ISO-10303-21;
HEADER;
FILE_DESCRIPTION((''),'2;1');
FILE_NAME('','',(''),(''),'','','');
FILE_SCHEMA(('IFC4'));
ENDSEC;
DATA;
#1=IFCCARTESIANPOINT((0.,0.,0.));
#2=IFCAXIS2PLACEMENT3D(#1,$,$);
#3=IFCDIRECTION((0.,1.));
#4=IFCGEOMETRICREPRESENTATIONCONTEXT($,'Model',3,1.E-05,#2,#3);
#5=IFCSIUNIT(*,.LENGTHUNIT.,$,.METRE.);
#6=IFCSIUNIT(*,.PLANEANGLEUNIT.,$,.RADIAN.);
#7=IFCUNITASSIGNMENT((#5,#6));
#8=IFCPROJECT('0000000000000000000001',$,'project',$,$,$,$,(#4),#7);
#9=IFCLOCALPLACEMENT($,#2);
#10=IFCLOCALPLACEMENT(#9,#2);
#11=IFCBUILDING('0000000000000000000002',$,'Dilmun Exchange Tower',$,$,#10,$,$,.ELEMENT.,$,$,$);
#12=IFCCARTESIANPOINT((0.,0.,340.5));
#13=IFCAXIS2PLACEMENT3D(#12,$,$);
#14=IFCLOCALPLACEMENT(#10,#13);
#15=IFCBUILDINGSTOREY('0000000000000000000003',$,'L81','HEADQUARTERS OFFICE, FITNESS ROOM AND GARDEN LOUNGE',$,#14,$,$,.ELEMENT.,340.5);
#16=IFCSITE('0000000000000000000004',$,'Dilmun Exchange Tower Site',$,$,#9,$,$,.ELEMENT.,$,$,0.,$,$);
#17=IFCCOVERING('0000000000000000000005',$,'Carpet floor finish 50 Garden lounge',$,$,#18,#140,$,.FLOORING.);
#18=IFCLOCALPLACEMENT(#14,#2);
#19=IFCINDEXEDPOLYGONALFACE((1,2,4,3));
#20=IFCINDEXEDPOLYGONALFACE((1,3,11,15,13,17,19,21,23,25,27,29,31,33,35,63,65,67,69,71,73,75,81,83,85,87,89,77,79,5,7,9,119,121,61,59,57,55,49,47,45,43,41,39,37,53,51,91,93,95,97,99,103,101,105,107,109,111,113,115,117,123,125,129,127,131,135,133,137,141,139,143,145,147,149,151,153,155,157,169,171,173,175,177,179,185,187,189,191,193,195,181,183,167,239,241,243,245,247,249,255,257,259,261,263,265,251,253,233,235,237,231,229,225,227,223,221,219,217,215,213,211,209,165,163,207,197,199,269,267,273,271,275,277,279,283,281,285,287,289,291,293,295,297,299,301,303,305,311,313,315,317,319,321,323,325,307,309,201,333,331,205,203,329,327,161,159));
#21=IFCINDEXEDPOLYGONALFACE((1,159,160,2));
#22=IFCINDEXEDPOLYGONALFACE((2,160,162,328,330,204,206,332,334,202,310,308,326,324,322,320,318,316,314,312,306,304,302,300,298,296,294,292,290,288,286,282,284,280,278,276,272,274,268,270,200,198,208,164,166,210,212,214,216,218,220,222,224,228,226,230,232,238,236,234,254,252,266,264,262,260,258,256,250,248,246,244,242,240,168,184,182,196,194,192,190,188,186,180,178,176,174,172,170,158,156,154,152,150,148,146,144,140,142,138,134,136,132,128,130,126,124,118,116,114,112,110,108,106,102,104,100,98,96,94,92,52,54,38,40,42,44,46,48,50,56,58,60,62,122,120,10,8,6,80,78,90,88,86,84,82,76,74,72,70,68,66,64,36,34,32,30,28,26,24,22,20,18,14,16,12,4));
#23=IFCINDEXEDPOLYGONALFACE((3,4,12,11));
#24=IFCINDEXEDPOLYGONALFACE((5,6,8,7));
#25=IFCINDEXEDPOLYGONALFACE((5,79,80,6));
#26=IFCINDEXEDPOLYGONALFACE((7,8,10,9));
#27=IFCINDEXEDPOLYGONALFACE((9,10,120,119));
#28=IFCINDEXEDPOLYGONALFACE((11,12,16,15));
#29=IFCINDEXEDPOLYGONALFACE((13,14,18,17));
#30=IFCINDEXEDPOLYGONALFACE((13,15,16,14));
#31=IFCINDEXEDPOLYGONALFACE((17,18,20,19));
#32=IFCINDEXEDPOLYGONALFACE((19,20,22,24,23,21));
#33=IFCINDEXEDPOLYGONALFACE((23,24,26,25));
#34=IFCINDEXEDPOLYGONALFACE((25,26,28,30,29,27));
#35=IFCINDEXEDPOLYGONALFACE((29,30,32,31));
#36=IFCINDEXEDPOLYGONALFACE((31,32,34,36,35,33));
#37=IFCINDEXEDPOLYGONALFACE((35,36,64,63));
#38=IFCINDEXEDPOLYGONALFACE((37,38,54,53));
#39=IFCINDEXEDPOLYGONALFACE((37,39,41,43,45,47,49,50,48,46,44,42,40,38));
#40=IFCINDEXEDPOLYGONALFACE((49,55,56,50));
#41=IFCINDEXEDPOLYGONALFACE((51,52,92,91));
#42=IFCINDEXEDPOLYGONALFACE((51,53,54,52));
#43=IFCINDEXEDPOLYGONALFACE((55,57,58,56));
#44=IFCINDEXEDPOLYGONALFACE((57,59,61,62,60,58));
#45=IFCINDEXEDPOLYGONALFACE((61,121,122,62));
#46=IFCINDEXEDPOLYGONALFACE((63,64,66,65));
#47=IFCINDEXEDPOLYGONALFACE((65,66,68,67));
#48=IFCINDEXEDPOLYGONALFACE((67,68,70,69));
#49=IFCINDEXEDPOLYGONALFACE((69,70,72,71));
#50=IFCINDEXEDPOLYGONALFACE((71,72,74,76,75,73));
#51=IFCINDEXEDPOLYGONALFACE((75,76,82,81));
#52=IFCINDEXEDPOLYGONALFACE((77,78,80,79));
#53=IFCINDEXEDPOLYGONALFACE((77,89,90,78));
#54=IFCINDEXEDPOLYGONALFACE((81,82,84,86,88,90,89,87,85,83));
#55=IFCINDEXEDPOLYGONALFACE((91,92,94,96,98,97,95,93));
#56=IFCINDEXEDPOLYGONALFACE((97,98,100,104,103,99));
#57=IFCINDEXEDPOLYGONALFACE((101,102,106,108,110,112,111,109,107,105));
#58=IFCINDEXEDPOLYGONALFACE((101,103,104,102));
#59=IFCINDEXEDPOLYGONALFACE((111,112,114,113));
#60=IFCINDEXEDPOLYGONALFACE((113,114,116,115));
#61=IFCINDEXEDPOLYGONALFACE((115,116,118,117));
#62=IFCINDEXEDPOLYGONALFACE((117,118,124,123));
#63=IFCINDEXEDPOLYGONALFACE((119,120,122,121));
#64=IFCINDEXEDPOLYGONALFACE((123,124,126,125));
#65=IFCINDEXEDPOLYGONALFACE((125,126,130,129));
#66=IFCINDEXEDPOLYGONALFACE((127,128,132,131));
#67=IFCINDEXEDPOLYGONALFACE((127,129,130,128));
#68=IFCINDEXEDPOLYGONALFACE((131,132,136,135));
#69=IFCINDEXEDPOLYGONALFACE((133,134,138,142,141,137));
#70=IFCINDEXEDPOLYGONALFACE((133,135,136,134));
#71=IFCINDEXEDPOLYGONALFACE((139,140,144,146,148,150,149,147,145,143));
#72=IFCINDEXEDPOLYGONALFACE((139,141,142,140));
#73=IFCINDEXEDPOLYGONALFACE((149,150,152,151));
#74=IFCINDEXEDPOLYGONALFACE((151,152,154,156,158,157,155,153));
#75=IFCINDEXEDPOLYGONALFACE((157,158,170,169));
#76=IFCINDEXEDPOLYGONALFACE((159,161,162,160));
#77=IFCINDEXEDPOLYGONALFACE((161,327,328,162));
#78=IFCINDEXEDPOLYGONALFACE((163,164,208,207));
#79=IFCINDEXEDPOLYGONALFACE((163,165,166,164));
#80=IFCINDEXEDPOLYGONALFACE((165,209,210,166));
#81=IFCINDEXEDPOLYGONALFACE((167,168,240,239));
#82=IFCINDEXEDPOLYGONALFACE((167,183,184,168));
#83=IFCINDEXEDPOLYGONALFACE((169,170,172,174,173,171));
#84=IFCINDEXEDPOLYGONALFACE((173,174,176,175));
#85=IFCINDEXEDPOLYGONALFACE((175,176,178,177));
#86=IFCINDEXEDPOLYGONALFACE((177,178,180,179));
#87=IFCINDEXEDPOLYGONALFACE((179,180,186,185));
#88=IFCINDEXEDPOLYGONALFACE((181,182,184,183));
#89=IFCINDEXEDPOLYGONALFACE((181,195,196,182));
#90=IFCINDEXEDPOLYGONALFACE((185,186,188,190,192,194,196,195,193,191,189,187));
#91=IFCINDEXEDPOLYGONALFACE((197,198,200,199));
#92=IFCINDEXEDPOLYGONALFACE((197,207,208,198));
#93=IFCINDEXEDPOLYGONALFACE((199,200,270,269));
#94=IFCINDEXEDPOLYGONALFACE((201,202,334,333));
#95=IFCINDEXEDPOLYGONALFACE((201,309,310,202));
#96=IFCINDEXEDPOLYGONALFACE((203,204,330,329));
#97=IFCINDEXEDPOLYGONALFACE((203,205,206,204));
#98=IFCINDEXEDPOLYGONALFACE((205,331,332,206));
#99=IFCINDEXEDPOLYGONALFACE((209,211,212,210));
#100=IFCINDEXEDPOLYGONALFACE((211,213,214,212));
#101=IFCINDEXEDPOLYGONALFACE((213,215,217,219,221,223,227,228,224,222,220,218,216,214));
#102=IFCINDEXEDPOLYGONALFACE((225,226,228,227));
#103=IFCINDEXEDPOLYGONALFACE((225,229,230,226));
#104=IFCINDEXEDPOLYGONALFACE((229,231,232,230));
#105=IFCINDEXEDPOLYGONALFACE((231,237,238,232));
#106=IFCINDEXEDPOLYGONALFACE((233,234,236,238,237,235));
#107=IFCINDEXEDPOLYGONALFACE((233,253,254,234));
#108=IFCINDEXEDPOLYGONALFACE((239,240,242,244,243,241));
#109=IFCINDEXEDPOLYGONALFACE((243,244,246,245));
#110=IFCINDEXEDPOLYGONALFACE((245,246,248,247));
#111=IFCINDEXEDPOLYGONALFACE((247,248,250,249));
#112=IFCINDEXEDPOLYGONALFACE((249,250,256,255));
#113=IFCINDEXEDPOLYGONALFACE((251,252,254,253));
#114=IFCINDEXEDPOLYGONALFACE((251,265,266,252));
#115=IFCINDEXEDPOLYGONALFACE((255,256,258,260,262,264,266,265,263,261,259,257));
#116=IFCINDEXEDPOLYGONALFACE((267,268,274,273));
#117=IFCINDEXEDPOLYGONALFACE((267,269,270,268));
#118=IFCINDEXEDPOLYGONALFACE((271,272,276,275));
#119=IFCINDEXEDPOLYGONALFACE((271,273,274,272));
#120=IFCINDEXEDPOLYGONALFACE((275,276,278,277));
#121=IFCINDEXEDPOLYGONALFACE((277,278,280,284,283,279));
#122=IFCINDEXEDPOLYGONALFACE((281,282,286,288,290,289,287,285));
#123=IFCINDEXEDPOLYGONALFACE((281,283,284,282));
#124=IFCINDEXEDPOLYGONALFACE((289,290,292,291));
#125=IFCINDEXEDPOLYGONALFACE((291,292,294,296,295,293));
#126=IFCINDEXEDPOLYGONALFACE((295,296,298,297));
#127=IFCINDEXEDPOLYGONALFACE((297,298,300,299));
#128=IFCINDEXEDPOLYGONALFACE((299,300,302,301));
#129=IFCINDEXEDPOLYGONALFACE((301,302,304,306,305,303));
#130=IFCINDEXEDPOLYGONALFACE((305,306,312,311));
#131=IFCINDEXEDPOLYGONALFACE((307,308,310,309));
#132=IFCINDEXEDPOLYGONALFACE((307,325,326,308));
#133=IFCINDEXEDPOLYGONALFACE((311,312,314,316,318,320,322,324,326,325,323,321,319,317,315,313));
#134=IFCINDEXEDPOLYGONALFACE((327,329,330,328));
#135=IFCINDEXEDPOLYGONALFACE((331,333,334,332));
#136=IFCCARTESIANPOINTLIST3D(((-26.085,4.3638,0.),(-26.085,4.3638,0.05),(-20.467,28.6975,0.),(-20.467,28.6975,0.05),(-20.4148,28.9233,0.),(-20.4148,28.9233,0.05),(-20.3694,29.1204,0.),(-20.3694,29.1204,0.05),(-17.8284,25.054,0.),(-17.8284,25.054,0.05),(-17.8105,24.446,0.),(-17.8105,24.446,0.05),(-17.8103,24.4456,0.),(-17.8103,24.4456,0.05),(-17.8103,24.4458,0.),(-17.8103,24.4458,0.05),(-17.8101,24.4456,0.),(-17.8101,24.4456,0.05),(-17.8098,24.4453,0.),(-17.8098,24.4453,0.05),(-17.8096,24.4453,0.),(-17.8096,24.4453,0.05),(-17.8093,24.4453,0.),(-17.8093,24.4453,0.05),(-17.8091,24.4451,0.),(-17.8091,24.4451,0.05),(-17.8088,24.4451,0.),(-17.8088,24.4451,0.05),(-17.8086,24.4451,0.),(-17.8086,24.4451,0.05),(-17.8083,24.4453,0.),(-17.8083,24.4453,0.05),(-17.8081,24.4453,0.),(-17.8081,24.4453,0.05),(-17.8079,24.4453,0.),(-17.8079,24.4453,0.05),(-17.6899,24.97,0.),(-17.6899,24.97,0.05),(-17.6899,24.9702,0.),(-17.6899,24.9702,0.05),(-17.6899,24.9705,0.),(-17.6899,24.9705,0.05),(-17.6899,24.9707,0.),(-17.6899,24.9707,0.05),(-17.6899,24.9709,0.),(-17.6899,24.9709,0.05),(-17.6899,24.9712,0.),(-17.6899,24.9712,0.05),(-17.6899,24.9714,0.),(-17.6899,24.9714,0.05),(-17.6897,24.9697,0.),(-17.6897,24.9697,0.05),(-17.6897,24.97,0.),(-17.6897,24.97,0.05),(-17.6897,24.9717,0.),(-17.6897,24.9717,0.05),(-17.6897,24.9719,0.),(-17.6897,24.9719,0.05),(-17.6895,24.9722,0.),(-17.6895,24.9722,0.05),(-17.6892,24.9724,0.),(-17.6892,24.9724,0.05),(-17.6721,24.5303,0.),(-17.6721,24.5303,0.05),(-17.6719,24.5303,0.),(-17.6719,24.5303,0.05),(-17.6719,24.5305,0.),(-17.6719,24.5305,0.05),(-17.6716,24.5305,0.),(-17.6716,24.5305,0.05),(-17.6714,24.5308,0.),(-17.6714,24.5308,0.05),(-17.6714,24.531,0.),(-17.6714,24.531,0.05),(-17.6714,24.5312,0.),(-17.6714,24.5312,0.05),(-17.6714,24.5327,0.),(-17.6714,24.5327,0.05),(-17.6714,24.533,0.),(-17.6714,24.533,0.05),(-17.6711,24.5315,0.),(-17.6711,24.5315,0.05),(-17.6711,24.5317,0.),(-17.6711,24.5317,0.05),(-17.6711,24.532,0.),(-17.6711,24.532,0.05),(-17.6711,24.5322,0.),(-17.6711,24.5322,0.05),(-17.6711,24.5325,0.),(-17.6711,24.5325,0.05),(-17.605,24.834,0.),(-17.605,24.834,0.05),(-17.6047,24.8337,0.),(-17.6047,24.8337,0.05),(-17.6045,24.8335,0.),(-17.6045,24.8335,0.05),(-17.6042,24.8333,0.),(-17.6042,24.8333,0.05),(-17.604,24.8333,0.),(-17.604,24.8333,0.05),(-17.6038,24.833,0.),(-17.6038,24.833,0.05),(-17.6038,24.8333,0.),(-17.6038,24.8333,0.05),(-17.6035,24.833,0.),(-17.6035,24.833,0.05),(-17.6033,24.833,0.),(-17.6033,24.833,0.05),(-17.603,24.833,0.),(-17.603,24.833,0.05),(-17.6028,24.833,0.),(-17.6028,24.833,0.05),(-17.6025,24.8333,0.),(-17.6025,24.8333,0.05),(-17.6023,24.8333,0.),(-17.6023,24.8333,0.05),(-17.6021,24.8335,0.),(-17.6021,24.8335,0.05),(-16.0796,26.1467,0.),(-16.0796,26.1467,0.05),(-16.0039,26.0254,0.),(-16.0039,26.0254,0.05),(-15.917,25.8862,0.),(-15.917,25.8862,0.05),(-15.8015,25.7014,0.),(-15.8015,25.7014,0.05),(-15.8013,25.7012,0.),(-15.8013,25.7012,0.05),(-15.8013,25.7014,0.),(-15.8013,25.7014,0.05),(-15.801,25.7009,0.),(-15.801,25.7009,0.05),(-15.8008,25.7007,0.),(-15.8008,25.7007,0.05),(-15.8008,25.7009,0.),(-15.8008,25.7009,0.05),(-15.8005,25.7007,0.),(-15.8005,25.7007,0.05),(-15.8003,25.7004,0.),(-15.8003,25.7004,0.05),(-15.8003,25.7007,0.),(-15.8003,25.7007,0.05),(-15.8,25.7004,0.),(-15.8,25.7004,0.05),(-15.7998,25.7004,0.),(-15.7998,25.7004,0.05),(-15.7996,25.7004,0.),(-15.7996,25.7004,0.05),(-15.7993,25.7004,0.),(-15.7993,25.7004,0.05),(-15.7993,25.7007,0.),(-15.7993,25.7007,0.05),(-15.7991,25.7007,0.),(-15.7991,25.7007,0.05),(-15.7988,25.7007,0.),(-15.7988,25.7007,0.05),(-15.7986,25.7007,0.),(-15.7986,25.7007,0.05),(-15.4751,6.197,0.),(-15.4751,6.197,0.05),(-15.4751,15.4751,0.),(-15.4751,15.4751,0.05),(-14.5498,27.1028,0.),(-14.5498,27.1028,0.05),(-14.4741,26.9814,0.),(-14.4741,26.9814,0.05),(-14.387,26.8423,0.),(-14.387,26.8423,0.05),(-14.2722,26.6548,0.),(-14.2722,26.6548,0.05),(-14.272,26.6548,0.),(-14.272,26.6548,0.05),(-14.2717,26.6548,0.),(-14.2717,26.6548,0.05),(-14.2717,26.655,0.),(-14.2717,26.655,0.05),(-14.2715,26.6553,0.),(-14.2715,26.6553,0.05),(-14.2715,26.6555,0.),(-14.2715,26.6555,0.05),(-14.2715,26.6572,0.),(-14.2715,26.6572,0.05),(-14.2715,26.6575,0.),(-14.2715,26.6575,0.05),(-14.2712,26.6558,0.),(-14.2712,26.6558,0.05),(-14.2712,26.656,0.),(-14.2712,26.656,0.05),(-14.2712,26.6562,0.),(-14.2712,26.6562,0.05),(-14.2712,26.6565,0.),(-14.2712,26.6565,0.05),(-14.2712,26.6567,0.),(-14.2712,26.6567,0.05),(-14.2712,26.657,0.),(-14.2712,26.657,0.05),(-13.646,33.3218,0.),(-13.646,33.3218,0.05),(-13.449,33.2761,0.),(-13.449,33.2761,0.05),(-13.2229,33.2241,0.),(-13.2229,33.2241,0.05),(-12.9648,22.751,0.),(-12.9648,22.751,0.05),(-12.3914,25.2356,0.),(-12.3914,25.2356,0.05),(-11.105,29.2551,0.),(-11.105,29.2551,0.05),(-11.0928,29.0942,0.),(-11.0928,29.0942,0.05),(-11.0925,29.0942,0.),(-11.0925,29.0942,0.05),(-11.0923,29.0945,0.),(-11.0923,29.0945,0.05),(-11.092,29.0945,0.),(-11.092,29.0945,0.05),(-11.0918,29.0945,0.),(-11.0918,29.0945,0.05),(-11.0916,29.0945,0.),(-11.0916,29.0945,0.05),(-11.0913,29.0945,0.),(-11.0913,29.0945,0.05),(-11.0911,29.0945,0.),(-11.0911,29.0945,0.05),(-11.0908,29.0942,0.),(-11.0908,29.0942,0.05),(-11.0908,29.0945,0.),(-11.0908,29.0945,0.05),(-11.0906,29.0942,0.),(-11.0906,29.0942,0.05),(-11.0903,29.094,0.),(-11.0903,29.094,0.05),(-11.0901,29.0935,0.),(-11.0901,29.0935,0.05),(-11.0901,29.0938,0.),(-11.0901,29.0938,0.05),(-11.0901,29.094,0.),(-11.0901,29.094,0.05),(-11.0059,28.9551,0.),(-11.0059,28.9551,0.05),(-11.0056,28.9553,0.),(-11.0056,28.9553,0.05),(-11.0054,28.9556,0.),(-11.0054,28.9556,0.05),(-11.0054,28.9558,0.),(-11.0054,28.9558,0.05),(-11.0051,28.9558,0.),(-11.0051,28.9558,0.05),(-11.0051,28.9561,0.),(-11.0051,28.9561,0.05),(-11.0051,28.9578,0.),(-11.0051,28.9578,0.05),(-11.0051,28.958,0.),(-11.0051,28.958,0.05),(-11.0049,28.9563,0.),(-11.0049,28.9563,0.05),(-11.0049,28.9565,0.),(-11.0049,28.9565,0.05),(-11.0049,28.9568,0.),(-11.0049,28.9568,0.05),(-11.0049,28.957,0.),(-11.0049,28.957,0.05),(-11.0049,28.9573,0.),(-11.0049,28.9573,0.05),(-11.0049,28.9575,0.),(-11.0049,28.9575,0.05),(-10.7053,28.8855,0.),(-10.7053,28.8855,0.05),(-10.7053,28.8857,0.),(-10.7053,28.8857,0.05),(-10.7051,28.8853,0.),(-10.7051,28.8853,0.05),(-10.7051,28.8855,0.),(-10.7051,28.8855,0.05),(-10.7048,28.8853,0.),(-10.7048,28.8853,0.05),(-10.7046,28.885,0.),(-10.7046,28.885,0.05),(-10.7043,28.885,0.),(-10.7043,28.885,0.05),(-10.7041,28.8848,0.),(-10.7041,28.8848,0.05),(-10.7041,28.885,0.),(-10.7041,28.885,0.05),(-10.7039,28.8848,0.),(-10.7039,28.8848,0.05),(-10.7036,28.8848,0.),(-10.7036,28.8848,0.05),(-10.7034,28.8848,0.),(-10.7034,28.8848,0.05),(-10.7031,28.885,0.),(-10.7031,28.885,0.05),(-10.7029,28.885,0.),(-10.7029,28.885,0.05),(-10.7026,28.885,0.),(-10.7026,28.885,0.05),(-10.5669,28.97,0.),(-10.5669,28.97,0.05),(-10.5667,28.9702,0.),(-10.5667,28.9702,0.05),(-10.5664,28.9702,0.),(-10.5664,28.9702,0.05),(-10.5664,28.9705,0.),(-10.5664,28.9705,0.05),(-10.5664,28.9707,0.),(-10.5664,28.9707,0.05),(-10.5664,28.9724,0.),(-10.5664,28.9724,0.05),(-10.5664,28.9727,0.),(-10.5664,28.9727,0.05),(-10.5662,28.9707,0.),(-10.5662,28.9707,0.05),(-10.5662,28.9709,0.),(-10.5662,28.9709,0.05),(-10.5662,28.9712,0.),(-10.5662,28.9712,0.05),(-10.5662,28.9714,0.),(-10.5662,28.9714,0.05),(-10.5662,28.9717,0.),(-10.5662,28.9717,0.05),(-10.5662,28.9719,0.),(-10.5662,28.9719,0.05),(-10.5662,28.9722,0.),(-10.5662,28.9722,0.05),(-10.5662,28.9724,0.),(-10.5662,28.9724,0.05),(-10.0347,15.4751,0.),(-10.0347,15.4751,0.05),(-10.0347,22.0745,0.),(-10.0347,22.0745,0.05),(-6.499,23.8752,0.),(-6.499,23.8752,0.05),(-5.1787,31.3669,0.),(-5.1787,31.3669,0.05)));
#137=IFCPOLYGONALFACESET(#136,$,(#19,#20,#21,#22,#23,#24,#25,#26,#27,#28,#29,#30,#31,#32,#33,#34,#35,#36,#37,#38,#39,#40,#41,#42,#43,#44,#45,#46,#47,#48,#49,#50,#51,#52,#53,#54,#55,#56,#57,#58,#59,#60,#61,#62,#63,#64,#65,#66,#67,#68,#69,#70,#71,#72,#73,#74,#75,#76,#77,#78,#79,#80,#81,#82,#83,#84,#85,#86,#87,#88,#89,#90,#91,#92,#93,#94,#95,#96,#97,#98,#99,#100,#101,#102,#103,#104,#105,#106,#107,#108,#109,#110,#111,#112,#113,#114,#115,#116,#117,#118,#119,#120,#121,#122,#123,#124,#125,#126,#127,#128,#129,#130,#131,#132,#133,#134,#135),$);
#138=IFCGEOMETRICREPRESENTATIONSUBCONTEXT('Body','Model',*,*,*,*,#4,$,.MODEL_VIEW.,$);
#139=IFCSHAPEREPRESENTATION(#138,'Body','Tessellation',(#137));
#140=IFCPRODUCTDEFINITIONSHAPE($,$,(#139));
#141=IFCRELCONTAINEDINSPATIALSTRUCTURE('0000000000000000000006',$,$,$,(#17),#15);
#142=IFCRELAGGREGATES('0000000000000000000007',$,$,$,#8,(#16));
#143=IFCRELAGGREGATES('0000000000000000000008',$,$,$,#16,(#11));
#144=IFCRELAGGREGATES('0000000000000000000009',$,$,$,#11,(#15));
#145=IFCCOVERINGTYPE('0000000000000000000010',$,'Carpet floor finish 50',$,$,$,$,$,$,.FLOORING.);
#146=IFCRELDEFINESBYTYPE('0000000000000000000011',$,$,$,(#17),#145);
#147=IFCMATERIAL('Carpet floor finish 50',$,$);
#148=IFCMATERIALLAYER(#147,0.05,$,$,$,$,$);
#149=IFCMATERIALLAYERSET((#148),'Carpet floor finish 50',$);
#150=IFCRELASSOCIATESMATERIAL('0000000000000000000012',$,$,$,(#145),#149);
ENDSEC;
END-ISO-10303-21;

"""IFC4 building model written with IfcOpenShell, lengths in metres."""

from ifc_helpers import new_model, si_unit, direction, frame, origin, place, context, subcontext, project, spatial, polyline, outline, extrude, material, layer, layer_set, type_object, element, save


model = new_model("IFC4")

# Units and contexts
model_context = context("Model", 3, precision=1e-05, world=origin(), true_north=direction((0.0, 1.0)))
body_context = subcontext(model_context, "Body", "Model", "MODEL_VIEW")
ifc_project = project(units=[si_unit("LENGTHUNIT", "METRE"), si_unit("PLANEANGLEUNIT", "RADIAN")], contexts=[model_context])

# Site, building, storey
site_placement = place(None, origin())
site = spatial("IfcSite", under=ifc_project, at=site_placement, Name="Dilmun Exchange Tower Site", CompositionType="ELEMENT", RefElevation=0.0)
building_placement = place(site_placement, origin())
building = spatial("IfcBuilding", under=site, at=building_placement, Name="Dilmun Exchange Tower", CompositionType="ELEMENT")
storey_placement = place(building_placement, frame((0.0, 0.0, 340.5)))
storey = spatial("IfcBuildingStorey", under=building, at=storey_placement, Name="L81", Description="HEADQUARTERS OFFICE, FITNESS ROOM AND GARDEN LOUNGE", CompositionType="ELEMENT", Elevation=340.5)

# Covering
ifc_material_1 = material(Name="Carpet floor finish 50")
ifc_layer_1 = layer(ifc_material_1, 0.05)
ifc_layer_set_1 = layer_set([ifc_layer_1], Name="Carpet floor finish 50")
covering_type_1 = type_object("IfcCoveringType", Name="Carpet floor finish 50", PredefinedType="FLOORING", material=ifc_layer_set_1)
covering_1_placement = place(storey_placement, origin())
element("IfcCovering", 1, at=covering_1_placement, inside=storey, type_object=covering_type_1, Name="Carpet floor finish 50 Garden lounge", PredefinedType="FLOORING", context=body_context, shape_type="SweptSolid", body=[
    extrude(outline(polyline([(-17.8284, 25.054), (-16.0796, 26.1467), (-16.0039, 26.0254), (-17.6892, 24.9724), (-17.6892, 24.9724), (-17.6895, 24.9722), (-17.6895, 24.9722), (-17.6897, 24.9719), (-17.6897, 24.9717), (-17.6897, 24.9717), (-17.6899, 24.9714), (-17.6899, 24.9712), (-17.6899, 24.9709), (-17.6899, 24.9707), (-17.6899, 24.9707), (-17.6899, 24.9705), (-17.6899, 24.9702), (-17.6899, 24.97), (-17.6897, 24.97), (-17.6897, 24.9697), (-17.605, 24.834), (-17.6047, 24.8337), (-17.6047, 24.8337), (-17.6045, 24.8335), (-17.6045, 24.8335), (-17.6042, 24.8333), (-17.604, 24.8333), (-17.6038, 24.8333), (-17.6038, 24.833), (-17.6035, 24.833), (-17.6033, 24.833), (-17.603, 24.833), (-17.6028, 24.833), (-17.6028, 24.833), (-17.6025, 24.8333), (-17.6023, 24.8333), (-17.6021, 24.8335), (-15.917, 25.8862), (-15.8015, 25.7014), (-15.8013, 25.7014), (-15.8013, 25.7012), (-15.801, 25.7009), (-15.8008, 25.7009), (-15.8008, 25.7007), (-15.8005, 25.7007), (-15.8003, 25.7007), (-15.8003, 25.7004), (-15.8, 25.7004), (-15.7998, 25.7004), (-15.7996, 25.7004), (-15.7993, 25.7004), (-15.7993, 25.7007), (-15.7991, 25.7007), (-15.7988, 25.7007), (-15.7986, 25.7007), (-14.2722, 26.6548), (-14.272, 26.6548), (-14.2717, 26.6548), (-14.2717, 26.655), (-14.2715, 26.6553), (-14.2715, 26.6555), (-14.2715, 26.6555), (-14.2712, 26.6558), (-14.2712, 26.656), (-14.2712, 26.656), (-14.2712, 26.6562), (-14.2712, 26.6565), (-14.2712, 26.6567), (-14.2712, 26.657), (-14.2712, 26.657), (-14.2715, 26.6572), (-14.2715, 26.6575), (-14.387, 26.8423), (-11.0059, 28.9551), (-11.0056, 28.9553), (-11.0056, 28.9553), (-11.0054, 28.9556), (-11.0054, 28.9558), (-11.0051, 28.9558), (-11.0051, 28.9561), (-11.0049, 28.9563), (-11.0049, 28.9563), (-11.0049, 28.9565), (-11.0049, 28.9568), (-11.0049, 28.957), (-11.0049, 28.9573), (-11.0049, 28.9575), (-11.0049, 28.9575), (-11.0051, 28.9578), (-11.0051, 28.958), (-11.0901, 29.0935), (-11.0901, 29.0938), (-11.0901, 29.094), (-11.0903, 29.094), (-11.0906, 29.0942), (-11.0908, 29.0942), (-11.0908, 29.0945), (-11.0911, 29.0945), (-11.0913, 29.0945), (-11.0913, 29.0945), (-11.0916, 29.0945), (-11.0918, 29.0945), (-11.092, 29.0945), (-11.0923, 29.0945), (-11.0923, 29.0945), (-11.0925, 29.0942), (-11.0928, 29.0942), (-14.4741, 26.9814), (-14.5498, 27.1028), (-11.105, 29.2551), (-13.646, 33.3218), (-13.449, 33.2761), (-10.7053, 28.8857), (-10.7053, 28.8855), (-10.7051, 28.8855), (-10.7051, 28.8853), (-10.7048, 28.8853), (-10.7046, 28.885), (-10.7046, 28.885), (-10.7043, 28.885), (-10.7041, 28.885), (-10.7041, 28.8848), (-10.7039, 28.8848), (-10.7036, 28.8848), (-10.7034, 28.8848), (-10.7031, 28.885), (-10.7029, 28.885), (-10.7029, 28.885), (-10.7026, 28.885), (-10.5669, 28.97), (-10.5669, 28.97), (-10.5667, 28.9702), (-10.5664, 28.9702), (-10.5664, 28.9705), (-10.5664, 28.9707), (-10.5662, 28.9707), (-10.5662, 28.9709), (-10.5662, 28.9712), (-10.5662, 28.9712), (-10.5662, 28.9714), (-10.5662, 28.9717), (-10.5662, 28.9719), (-10.5662, 28.9722), (-10.5662, 28.9724), (-10.5664, 28.9724), (-10.5664, 28.9727), (-13.2229, 33.2241), (-5.1787, 31.3669), (-6.499, 23.8752), (-12.3914, 25.2356), (-12.9648, 22.751), (-10.0347, 22.0745), (-10.0347, 15.4751), (-15.4751, 15.4751), (-15.4751, 6.197), (-26.085, 4.3638), (-20.467, 28.6975), (-17.8105, 24.446), (-17.8103, 24.4458), (-17.8103, 24.4458), (-17.8103, 24.4456), (-17.8101, 24.4456), (-17.8098, 24.4453), (-17.8098, 24.4453), (-17.8096, 24.4453), (-17.8093, 24.4453), (-17.8091, 24.4451), (-17.8088, 24.4451), (-17.8086, 24.4451), (-17.8086, 24.4451), (-17.8083, 24.4453), (-17.8081, 24.4453), (-17.8081, 24.4453), (-17.8079, 24.4453), (-17.6721, 24.5303), (-17.6719, 24.5303), (-17.6719, 24.5305), (-17.6716, 24.5305), (-17.6714, 24.5308), (-17.6714, 24.531), (-17.6714, 24.531), (-17.6714, 24.5312), (-17.6711, 24.5315), (-17.6711, 24.5315), (-17.6711, 24.5317), (-17.6711, 24.532), (-17.6711, 24.5322), (-17.6711, 24.5325), (-17.6714, 24.5327), (-17.6714, 24.5327), (-17.6714, 24.533), (-20.4148, 28.9233), (-20.3694, 29.1204), (-17.8284, 25.054)])), origin(), (0.0, 0.0, 1.0), 0.05),
])

save(model, "model.ifc")
